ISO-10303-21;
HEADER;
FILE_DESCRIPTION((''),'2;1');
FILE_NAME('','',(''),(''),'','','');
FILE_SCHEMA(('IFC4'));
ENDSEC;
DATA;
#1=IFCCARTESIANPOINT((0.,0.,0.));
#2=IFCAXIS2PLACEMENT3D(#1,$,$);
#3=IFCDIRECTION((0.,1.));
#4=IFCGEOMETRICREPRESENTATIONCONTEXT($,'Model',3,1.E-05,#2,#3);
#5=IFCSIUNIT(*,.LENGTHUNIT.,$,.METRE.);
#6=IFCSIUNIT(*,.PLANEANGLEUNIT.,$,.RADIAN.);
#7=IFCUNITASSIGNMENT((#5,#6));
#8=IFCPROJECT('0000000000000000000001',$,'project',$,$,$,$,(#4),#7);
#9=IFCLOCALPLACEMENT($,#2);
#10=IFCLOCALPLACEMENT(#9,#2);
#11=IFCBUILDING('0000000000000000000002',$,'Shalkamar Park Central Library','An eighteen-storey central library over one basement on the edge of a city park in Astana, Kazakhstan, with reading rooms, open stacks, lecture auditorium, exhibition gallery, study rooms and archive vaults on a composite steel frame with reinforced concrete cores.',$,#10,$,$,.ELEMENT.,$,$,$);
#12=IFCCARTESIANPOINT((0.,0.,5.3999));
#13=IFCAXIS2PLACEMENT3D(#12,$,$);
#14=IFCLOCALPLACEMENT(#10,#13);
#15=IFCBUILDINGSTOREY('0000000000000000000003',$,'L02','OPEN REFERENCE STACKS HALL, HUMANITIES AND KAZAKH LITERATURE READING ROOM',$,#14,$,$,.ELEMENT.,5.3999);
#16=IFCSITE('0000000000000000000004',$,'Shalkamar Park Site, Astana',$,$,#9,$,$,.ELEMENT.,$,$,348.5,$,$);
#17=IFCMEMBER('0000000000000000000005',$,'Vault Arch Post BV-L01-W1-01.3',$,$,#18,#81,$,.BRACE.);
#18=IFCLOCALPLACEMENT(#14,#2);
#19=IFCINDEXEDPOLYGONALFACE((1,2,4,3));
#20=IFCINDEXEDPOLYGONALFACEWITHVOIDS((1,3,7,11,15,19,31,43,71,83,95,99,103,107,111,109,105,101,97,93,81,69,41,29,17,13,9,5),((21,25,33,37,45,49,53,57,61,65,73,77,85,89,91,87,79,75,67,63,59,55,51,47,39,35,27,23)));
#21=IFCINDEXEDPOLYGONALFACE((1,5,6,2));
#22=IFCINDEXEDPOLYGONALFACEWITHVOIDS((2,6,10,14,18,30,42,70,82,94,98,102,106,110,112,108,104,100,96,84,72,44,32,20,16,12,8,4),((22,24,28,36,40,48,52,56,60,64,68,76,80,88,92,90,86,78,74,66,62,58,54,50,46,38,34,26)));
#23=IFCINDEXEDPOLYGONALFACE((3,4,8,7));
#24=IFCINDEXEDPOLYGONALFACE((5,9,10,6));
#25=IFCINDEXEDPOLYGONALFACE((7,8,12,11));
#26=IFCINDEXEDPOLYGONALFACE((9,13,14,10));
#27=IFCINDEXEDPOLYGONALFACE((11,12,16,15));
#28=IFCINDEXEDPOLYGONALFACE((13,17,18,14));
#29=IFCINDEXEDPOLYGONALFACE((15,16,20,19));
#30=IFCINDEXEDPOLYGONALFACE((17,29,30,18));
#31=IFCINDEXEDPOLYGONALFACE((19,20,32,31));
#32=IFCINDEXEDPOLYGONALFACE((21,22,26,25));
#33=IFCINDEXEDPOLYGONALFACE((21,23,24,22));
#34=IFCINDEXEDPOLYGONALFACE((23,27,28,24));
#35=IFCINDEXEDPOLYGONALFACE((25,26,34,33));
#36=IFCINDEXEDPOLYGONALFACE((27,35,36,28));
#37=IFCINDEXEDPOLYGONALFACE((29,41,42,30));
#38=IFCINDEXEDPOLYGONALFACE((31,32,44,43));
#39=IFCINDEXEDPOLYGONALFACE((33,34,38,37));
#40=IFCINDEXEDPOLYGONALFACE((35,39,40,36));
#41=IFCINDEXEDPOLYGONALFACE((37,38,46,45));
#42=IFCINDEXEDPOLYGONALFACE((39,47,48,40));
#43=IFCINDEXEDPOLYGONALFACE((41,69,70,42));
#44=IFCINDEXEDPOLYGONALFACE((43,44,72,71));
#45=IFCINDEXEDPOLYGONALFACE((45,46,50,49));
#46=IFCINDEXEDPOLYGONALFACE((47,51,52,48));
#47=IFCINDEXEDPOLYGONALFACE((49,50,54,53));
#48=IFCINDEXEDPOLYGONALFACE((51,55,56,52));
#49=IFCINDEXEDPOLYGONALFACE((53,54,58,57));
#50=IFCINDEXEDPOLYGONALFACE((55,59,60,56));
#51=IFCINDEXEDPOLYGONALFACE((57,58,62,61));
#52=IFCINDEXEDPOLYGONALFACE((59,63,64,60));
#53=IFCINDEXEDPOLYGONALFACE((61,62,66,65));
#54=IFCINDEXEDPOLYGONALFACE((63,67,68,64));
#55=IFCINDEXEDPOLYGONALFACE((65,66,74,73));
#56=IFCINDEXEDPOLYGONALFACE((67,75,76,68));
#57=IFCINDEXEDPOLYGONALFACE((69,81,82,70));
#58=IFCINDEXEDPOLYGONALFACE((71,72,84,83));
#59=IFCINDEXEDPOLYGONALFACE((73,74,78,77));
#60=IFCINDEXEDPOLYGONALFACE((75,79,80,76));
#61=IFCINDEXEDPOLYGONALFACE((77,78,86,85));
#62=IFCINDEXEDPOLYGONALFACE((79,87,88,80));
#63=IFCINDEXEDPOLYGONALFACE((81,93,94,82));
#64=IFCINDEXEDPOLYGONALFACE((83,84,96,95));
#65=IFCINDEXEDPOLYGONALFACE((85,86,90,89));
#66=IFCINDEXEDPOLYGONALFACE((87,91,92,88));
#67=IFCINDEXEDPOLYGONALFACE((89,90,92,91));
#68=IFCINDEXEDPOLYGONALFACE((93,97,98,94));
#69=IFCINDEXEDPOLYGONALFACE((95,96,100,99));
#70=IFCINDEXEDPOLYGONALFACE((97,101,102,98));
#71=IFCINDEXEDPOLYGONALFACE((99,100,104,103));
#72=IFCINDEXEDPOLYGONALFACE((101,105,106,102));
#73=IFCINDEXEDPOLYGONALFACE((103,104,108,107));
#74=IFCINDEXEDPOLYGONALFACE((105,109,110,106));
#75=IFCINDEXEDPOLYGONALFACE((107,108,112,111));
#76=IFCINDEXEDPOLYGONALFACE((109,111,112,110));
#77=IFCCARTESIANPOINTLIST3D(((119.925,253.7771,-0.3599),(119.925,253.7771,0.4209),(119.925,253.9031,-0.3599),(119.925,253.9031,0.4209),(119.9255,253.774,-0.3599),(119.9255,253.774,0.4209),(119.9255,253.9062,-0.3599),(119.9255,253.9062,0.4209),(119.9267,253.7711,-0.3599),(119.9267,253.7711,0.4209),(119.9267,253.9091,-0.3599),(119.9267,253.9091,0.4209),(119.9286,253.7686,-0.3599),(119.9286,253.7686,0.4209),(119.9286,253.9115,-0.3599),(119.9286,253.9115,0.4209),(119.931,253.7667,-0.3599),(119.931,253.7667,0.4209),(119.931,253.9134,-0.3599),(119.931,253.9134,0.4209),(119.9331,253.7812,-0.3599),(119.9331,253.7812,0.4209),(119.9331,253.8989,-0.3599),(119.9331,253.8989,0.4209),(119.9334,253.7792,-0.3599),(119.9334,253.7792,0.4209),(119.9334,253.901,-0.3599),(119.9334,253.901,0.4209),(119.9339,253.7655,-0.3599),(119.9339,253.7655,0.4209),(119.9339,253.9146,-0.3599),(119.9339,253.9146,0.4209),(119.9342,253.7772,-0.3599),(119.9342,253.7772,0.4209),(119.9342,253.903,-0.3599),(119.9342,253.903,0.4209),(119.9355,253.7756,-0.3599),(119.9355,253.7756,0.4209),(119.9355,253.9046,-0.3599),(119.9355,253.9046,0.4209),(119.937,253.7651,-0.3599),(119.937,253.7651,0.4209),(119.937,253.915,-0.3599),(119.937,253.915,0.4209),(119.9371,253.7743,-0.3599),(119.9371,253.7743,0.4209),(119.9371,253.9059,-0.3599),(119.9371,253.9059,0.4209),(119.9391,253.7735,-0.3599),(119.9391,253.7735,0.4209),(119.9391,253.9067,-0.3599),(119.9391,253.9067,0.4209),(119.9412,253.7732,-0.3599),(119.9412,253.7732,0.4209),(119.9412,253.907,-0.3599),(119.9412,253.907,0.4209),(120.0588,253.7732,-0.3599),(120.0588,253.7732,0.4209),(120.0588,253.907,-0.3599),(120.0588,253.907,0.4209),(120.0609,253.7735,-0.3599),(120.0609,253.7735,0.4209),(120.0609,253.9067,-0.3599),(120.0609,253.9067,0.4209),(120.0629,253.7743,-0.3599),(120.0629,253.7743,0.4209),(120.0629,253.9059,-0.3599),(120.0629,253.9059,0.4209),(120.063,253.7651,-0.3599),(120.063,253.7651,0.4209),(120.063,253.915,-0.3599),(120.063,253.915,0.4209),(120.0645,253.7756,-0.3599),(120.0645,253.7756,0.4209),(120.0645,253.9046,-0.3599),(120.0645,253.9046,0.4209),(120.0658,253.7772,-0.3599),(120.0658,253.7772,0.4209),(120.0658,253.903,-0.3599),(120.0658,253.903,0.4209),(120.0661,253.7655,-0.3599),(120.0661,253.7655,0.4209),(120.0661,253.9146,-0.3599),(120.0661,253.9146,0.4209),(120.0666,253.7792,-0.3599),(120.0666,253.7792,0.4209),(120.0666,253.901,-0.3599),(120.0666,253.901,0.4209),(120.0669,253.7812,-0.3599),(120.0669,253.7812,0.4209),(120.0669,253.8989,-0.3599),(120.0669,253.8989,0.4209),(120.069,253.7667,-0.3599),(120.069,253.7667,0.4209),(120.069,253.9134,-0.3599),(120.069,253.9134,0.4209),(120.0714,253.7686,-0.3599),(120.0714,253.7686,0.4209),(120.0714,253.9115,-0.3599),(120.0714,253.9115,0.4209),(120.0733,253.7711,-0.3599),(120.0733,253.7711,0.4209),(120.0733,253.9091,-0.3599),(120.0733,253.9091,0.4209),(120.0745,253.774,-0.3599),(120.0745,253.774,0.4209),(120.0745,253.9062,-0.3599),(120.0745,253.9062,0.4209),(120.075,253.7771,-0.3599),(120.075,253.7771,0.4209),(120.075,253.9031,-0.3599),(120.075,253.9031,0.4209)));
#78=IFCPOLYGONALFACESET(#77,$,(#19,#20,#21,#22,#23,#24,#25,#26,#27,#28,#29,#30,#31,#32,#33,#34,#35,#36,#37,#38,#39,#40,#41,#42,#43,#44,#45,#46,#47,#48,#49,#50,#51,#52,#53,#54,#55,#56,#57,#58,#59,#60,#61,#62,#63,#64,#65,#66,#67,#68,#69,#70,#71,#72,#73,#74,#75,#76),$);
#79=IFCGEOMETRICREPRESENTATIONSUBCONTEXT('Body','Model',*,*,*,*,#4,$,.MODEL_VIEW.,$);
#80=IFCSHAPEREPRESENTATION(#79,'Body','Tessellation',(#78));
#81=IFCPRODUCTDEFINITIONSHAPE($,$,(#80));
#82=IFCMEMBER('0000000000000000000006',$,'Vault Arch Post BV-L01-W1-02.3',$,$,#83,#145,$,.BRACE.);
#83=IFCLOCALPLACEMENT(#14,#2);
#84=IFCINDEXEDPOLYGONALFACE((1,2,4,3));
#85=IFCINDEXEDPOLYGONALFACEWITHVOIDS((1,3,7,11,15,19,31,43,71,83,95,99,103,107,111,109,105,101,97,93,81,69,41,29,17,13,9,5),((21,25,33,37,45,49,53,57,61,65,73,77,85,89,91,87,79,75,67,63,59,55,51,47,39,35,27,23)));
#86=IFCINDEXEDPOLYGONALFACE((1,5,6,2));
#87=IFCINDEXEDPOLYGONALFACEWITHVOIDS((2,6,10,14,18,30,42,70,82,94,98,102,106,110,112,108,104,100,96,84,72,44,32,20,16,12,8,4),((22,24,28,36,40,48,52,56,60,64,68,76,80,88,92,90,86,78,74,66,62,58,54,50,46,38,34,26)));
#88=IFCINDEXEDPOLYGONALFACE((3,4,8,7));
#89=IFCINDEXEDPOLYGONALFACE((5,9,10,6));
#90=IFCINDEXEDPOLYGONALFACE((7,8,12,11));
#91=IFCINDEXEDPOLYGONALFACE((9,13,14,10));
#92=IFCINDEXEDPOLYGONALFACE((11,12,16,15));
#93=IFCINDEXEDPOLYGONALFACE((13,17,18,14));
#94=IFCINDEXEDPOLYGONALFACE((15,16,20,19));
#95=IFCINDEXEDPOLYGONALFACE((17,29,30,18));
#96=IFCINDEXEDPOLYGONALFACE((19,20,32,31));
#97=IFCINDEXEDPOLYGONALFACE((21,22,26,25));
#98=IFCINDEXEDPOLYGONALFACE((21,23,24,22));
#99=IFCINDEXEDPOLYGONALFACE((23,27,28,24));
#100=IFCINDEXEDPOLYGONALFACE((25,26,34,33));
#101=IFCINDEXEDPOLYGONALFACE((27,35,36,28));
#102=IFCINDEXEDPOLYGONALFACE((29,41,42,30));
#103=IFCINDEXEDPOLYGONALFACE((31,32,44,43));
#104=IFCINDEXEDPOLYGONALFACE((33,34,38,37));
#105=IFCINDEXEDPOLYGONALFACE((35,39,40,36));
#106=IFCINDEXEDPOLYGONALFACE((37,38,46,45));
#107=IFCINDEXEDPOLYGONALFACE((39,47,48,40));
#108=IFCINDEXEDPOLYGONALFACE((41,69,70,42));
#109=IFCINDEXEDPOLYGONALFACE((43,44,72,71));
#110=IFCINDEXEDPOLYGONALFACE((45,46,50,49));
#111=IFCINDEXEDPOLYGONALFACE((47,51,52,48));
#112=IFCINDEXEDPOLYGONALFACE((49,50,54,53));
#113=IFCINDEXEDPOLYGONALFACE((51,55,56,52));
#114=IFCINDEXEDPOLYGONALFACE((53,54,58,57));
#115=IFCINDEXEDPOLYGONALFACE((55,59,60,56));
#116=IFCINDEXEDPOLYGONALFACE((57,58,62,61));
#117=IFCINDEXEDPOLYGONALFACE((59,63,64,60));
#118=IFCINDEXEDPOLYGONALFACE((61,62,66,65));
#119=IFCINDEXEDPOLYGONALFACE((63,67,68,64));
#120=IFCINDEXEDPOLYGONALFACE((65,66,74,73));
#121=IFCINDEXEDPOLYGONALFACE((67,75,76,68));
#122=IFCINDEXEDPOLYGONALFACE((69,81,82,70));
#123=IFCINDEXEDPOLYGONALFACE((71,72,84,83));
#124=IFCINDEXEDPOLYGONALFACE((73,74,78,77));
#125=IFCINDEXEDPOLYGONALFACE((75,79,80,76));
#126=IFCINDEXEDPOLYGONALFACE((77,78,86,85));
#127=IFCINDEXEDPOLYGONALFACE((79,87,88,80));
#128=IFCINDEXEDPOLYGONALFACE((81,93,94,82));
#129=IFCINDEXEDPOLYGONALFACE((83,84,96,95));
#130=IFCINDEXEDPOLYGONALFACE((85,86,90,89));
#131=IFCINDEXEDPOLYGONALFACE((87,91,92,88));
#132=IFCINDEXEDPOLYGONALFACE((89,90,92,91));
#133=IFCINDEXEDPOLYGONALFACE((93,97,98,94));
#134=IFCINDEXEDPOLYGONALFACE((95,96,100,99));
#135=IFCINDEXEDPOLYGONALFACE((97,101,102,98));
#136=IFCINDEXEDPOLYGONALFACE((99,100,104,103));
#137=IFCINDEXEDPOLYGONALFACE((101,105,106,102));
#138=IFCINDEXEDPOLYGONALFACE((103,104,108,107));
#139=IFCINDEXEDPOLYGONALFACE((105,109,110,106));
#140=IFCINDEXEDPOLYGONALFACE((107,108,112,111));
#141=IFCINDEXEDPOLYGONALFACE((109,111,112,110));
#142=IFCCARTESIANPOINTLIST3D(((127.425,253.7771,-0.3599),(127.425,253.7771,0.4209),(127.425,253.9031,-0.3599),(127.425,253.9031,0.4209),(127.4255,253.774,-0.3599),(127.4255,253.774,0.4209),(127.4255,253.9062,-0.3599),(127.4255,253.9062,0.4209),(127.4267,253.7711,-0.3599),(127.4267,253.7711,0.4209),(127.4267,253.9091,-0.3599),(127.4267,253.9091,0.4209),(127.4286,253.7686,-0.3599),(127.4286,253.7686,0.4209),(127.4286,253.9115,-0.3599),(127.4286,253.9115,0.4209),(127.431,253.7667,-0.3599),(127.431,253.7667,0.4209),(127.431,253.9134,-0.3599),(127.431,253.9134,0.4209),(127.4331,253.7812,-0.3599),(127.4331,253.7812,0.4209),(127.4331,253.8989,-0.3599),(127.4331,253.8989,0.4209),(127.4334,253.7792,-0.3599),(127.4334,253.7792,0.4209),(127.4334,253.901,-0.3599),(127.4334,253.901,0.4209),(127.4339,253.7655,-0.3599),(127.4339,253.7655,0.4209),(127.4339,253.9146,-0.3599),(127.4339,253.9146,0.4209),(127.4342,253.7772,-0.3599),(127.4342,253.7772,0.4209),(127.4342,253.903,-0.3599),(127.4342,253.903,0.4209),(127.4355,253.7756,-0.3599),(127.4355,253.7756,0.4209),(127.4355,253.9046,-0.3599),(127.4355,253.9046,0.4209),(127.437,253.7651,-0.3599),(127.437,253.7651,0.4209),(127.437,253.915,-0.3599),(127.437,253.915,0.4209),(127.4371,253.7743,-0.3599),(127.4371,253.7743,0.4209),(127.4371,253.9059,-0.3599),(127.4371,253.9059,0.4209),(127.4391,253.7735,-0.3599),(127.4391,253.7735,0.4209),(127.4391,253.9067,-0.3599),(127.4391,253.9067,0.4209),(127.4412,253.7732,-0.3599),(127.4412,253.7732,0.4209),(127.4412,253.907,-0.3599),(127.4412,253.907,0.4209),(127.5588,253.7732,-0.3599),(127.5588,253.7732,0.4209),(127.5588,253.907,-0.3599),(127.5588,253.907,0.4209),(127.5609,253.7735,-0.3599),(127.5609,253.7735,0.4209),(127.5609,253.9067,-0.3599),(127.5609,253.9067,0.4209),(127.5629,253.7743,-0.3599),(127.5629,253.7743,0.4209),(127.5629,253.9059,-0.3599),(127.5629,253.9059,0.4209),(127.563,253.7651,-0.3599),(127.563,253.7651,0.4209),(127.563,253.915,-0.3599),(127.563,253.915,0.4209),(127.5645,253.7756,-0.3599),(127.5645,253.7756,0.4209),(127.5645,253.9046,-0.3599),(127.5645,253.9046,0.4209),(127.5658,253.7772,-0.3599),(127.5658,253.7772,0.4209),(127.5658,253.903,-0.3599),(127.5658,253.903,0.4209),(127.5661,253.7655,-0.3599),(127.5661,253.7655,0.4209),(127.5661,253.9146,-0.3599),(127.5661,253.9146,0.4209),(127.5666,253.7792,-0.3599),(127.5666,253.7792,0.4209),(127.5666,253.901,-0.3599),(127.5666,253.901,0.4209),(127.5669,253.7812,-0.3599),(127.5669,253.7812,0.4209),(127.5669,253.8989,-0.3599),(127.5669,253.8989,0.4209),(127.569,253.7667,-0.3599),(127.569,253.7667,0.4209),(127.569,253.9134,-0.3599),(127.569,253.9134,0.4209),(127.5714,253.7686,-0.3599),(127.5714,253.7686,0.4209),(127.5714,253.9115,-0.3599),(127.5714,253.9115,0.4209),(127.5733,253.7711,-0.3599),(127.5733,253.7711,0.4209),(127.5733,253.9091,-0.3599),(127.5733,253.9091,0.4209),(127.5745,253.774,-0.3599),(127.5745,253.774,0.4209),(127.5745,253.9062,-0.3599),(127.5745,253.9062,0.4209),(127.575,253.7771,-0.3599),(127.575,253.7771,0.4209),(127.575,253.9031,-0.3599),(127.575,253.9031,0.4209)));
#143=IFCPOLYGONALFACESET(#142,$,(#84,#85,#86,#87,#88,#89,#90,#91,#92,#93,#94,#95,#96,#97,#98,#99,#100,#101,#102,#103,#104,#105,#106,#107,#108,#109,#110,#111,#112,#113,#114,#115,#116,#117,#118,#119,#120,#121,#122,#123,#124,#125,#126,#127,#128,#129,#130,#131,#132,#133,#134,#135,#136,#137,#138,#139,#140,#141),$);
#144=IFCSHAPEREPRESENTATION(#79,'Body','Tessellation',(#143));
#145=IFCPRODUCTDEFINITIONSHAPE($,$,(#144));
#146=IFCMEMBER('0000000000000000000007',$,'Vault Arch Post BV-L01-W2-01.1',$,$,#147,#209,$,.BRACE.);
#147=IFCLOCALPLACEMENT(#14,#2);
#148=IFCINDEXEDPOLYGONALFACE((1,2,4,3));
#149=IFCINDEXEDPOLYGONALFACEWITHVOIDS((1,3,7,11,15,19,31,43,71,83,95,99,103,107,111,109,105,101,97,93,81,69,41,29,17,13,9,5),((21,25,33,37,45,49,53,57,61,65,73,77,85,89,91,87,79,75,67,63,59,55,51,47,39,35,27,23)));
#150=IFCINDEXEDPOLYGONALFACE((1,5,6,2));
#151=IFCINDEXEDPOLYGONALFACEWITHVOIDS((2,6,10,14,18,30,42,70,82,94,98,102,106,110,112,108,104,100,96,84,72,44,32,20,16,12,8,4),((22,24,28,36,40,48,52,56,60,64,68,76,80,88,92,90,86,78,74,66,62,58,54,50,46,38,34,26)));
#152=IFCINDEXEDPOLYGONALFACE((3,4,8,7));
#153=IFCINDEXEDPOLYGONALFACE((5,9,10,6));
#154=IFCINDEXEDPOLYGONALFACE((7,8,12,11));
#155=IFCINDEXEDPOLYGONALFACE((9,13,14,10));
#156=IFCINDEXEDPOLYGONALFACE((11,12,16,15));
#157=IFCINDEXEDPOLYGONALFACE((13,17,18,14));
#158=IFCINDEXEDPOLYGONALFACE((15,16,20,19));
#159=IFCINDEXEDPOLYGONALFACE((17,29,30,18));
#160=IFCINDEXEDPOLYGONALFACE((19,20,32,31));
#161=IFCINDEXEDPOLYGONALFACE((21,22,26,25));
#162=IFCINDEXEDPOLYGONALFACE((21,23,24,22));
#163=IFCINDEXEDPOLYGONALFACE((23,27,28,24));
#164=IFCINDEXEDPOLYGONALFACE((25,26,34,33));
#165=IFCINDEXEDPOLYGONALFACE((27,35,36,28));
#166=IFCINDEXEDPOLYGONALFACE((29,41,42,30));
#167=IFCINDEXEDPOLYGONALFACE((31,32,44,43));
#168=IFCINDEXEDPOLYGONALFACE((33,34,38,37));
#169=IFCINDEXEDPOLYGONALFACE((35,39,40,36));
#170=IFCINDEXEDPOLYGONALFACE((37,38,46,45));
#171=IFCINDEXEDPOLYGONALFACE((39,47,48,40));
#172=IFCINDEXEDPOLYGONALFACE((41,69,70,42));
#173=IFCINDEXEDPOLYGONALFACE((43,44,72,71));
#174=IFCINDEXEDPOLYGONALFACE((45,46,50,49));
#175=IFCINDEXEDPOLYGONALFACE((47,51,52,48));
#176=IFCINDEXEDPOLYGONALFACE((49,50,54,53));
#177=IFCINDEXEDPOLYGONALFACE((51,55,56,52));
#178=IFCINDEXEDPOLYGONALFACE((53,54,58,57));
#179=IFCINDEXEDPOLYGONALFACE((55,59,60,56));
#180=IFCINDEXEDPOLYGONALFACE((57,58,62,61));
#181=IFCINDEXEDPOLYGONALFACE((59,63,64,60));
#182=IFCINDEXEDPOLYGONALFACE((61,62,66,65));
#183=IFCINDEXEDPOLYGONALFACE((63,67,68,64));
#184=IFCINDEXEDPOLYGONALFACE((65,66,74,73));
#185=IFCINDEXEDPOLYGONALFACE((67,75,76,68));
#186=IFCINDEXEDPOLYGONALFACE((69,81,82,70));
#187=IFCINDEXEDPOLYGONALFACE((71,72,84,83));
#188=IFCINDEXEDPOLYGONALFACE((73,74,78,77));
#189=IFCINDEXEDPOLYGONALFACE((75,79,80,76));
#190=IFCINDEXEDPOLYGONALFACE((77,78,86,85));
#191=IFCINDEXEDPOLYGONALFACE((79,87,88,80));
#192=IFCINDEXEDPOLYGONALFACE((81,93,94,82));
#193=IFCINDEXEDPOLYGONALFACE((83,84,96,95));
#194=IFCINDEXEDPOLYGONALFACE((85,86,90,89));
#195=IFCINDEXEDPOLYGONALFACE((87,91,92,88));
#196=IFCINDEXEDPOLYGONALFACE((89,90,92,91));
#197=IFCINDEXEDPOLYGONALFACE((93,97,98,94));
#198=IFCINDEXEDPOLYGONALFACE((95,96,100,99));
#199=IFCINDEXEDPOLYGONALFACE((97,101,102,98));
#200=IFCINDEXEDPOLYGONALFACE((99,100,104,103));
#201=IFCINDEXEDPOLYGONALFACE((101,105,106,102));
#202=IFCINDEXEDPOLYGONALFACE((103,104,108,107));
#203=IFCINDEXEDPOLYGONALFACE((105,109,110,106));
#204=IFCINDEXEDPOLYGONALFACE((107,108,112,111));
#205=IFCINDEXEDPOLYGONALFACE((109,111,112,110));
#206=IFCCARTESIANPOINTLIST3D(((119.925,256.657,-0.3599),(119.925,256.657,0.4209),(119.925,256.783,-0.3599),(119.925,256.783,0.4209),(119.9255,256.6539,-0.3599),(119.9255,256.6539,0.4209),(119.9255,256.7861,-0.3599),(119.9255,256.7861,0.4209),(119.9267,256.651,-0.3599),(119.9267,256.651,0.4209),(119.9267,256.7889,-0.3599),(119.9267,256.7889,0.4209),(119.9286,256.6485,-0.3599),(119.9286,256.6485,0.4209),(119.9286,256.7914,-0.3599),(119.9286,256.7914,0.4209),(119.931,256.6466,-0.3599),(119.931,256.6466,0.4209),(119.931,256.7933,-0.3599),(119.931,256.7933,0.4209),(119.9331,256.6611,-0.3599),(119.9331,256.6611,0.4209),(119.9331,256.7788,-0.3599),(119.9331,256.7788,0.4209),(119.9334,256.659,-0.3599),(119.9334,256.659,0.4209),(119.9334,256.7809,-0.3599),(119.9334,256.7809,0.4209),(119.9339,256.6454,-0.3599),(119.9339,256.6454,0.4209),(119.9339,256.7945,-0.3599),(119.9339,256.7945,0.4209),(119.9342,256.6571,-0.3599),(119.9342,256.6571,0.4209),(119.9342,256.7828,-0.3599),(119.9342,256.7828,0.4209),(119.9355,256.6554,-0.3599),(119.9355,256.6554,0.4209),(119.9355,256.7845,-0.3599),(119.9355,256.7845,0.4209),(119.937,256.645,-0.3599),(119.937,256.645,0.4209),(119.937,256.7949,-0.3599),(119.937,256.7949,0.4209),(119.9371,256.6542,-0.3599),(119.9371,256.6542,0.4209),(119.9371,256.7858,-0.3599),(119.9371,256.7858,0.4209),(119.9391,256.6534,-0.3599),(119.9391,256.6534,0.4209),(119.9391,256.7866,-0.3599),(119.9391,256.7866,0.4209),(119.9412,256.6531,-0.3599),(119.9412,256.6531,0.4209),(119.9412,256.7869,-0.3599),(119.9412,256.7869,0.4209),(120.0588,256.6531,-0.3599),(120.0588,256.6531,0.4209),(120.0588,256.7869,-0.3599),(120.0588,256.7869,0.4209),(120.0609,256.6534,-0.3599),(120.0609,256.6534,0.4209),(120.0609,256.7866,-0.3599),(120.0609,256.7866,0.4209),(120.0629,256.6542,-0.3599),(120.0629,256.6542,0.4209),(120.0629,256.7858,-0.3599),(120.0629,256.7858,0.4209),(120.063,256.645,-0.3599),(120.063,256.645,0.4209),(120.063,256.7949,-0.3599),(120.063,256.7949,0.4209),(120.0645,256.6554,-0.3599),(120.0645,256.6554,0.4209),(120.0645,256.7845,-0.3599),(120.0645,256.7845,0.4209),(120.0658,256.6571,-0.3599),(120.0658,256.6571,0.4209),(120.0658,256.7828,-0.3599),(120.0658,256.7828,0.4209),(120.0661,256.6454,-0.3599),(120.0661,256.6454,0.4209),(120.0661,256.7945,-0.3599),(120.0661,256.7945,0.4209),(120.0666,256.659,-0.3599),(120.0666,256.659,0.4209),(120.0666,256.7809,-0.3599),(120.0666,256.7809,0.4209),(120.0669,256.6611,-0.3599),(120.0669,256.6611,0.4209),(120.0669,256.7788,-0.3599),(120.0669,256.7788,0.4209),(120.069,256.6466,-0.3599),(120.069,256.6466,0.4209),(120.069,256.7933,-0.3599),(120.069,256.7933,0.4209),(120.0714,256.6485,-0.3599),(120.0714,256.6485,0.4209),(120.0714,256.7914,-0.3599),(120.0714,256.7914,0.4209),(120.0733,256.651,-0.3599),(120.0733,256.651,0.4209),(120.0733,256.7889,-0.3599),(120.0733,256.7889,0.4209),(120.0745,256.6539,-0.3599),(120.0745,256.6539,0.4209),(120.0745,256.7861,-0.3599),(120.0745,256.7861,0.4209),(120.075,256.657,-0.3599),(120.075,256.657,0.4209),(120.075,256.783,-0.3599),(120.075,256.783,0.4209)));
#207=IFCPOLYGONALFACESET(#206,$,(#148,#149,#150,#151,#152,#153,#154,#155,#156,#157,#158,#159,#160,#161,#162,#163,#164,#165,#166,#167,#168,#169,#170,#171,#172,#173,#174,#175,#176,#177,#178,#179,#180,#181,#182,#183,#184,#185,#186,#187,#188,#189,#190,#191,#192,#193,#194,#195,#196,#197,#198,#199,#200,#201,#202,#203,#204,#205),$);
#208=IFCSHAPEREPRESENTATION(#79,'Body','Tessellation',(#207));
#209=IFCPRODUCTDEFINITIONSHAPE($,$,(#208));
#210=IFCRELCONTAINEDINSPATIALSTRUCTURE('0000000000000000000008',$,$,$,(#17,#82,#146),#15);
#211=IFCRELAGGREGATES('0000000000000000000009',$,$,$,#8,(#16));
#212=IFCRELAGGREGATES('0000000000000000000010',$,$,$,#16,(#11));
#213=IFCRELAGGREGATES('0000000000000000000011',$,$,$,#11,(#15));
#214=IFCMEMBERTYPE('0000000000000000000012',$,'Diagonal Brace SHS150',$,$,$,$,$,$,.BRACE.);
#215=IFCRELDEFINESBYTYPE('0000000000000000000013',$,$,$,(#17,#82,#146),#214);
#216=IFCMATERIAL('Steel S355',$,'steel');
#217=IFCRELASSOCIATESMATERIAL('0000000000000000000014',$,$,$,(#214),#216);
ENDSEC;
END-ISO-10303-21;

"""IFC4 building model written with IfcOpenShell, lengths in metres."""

from ifc_helpers import new_model, si_unit, direction, frame, origin, origin_2d, place, context, subcontext, project, spatial, hollow_rectangle, extrude, material, material_profile, profile_set, type_object, element, save


model = new_model("IFC4")

# Units and contexts
model_context = context("Model", 3, precision=1e-05, world=origin(), true_north=direction((0.0, 1.0)))
body_context = subcontext(model_context, "Body", "Model", "MODEL_VIEW")
ifc_project = project(units=[si_unit("LENGTHUNIT", "METRE"), si_unit("PLANEANGLEUNIT", "RADIAN")], contexts=[model_context])

# Site, building, storey
site_placement = place(None, origin())
site = spatial("IfcSite", under=ifc_project, at=site_placement, Name="Shalkamar Park Site, Astana", CompositionType="ELEMENT", RefElevation=348.5)
building_placement = place(site_placement, origin())
building = spatial("IfcBuilding", under=site, at=building_placement, Name="Shalkamar Park Central Library", Description="An eighteen-storey central library over one basement on the edge of a city park in Astana, Kazakhstan, with reading rooms, open stacks, lecture auditorium, exhibition gallery, study rooms and archive vaults on a composite steel frame with reinforced concrete cores.", CompositionType="ELEMENT")
storey_placement = place(building_placement, frame((0.0, 0.0, 5.3999)))
storey = spatial("IfcBuildingStorey", under=building, at=storey_placement, Name="L02", Description="OPEN REFERENCE STACKS HALL, HUMANITIES AND KAZAKH LITERATURE READING ROOM", CompositionType="ELEMENT", Elevation=5.3999)

# Members
ifc_material_1 = material(Name="Steel S355", Category="steel")
ifc_material_profile_1 = material_profile(ifc_material_1, hollow_rectangle(XDim=0.1499, YDim=0.1499, WallThickness=0.0081, InnerFilletRadius=0.0081, OuterFilletRadius=0.012, at=origin_2d()), Name="SHS 150x150x8")
ifc_profile_set_1 = profile_set([ifc_material_profile_1], Name="Steel S355")
member_type_1 = type_object("IfcMemberType", Name="Diagonal Brace SHS150", PredefinedType="BRACE", material=ifc_profile_set_1)
for number, where, z_axis, x_axis, name in (
    (1, (120.0, 253.8401, -0.3599), (0.0, 0.0, 1.0), (1.0, 0.0, 0.0), "Vault Arch Post BV-L01-W1-01.3"),
    (2, (127.5, 253.8401, -0.3599), (0.0, 0.0, 1.0), (1.0, 0.0, 0.0), "Vault Arch Post BV-L01-W1-02.3"),
    (3, (120.0, 256.72, -0.3599), (0.0, 0.0, 1.0), (1.0, 0.0, 0.0), "Vault Arch Post BV-L01-W2-01.1"),
):
    element("IfcMember", number, at=place(storey_placement, frame(where, z_axis=z_axis, x_axis=x_axis)), inside=storey, type_object=member_type_1, Name=name, PredefinedType="BRACE", context=body_context, shape_type="SweptSolid", body=[
        extrude(hollow_rectangle(XDim=0.1499, YDim=0.1499, WallThickness=0.0081, InnerFilletRadius=0.0081, OuterFilletRadius=0.012, at=origin_2d()), origin(), (0.0, 0.0, 1.0), 0.7808),
    ])

save(model, "model.ifc")
